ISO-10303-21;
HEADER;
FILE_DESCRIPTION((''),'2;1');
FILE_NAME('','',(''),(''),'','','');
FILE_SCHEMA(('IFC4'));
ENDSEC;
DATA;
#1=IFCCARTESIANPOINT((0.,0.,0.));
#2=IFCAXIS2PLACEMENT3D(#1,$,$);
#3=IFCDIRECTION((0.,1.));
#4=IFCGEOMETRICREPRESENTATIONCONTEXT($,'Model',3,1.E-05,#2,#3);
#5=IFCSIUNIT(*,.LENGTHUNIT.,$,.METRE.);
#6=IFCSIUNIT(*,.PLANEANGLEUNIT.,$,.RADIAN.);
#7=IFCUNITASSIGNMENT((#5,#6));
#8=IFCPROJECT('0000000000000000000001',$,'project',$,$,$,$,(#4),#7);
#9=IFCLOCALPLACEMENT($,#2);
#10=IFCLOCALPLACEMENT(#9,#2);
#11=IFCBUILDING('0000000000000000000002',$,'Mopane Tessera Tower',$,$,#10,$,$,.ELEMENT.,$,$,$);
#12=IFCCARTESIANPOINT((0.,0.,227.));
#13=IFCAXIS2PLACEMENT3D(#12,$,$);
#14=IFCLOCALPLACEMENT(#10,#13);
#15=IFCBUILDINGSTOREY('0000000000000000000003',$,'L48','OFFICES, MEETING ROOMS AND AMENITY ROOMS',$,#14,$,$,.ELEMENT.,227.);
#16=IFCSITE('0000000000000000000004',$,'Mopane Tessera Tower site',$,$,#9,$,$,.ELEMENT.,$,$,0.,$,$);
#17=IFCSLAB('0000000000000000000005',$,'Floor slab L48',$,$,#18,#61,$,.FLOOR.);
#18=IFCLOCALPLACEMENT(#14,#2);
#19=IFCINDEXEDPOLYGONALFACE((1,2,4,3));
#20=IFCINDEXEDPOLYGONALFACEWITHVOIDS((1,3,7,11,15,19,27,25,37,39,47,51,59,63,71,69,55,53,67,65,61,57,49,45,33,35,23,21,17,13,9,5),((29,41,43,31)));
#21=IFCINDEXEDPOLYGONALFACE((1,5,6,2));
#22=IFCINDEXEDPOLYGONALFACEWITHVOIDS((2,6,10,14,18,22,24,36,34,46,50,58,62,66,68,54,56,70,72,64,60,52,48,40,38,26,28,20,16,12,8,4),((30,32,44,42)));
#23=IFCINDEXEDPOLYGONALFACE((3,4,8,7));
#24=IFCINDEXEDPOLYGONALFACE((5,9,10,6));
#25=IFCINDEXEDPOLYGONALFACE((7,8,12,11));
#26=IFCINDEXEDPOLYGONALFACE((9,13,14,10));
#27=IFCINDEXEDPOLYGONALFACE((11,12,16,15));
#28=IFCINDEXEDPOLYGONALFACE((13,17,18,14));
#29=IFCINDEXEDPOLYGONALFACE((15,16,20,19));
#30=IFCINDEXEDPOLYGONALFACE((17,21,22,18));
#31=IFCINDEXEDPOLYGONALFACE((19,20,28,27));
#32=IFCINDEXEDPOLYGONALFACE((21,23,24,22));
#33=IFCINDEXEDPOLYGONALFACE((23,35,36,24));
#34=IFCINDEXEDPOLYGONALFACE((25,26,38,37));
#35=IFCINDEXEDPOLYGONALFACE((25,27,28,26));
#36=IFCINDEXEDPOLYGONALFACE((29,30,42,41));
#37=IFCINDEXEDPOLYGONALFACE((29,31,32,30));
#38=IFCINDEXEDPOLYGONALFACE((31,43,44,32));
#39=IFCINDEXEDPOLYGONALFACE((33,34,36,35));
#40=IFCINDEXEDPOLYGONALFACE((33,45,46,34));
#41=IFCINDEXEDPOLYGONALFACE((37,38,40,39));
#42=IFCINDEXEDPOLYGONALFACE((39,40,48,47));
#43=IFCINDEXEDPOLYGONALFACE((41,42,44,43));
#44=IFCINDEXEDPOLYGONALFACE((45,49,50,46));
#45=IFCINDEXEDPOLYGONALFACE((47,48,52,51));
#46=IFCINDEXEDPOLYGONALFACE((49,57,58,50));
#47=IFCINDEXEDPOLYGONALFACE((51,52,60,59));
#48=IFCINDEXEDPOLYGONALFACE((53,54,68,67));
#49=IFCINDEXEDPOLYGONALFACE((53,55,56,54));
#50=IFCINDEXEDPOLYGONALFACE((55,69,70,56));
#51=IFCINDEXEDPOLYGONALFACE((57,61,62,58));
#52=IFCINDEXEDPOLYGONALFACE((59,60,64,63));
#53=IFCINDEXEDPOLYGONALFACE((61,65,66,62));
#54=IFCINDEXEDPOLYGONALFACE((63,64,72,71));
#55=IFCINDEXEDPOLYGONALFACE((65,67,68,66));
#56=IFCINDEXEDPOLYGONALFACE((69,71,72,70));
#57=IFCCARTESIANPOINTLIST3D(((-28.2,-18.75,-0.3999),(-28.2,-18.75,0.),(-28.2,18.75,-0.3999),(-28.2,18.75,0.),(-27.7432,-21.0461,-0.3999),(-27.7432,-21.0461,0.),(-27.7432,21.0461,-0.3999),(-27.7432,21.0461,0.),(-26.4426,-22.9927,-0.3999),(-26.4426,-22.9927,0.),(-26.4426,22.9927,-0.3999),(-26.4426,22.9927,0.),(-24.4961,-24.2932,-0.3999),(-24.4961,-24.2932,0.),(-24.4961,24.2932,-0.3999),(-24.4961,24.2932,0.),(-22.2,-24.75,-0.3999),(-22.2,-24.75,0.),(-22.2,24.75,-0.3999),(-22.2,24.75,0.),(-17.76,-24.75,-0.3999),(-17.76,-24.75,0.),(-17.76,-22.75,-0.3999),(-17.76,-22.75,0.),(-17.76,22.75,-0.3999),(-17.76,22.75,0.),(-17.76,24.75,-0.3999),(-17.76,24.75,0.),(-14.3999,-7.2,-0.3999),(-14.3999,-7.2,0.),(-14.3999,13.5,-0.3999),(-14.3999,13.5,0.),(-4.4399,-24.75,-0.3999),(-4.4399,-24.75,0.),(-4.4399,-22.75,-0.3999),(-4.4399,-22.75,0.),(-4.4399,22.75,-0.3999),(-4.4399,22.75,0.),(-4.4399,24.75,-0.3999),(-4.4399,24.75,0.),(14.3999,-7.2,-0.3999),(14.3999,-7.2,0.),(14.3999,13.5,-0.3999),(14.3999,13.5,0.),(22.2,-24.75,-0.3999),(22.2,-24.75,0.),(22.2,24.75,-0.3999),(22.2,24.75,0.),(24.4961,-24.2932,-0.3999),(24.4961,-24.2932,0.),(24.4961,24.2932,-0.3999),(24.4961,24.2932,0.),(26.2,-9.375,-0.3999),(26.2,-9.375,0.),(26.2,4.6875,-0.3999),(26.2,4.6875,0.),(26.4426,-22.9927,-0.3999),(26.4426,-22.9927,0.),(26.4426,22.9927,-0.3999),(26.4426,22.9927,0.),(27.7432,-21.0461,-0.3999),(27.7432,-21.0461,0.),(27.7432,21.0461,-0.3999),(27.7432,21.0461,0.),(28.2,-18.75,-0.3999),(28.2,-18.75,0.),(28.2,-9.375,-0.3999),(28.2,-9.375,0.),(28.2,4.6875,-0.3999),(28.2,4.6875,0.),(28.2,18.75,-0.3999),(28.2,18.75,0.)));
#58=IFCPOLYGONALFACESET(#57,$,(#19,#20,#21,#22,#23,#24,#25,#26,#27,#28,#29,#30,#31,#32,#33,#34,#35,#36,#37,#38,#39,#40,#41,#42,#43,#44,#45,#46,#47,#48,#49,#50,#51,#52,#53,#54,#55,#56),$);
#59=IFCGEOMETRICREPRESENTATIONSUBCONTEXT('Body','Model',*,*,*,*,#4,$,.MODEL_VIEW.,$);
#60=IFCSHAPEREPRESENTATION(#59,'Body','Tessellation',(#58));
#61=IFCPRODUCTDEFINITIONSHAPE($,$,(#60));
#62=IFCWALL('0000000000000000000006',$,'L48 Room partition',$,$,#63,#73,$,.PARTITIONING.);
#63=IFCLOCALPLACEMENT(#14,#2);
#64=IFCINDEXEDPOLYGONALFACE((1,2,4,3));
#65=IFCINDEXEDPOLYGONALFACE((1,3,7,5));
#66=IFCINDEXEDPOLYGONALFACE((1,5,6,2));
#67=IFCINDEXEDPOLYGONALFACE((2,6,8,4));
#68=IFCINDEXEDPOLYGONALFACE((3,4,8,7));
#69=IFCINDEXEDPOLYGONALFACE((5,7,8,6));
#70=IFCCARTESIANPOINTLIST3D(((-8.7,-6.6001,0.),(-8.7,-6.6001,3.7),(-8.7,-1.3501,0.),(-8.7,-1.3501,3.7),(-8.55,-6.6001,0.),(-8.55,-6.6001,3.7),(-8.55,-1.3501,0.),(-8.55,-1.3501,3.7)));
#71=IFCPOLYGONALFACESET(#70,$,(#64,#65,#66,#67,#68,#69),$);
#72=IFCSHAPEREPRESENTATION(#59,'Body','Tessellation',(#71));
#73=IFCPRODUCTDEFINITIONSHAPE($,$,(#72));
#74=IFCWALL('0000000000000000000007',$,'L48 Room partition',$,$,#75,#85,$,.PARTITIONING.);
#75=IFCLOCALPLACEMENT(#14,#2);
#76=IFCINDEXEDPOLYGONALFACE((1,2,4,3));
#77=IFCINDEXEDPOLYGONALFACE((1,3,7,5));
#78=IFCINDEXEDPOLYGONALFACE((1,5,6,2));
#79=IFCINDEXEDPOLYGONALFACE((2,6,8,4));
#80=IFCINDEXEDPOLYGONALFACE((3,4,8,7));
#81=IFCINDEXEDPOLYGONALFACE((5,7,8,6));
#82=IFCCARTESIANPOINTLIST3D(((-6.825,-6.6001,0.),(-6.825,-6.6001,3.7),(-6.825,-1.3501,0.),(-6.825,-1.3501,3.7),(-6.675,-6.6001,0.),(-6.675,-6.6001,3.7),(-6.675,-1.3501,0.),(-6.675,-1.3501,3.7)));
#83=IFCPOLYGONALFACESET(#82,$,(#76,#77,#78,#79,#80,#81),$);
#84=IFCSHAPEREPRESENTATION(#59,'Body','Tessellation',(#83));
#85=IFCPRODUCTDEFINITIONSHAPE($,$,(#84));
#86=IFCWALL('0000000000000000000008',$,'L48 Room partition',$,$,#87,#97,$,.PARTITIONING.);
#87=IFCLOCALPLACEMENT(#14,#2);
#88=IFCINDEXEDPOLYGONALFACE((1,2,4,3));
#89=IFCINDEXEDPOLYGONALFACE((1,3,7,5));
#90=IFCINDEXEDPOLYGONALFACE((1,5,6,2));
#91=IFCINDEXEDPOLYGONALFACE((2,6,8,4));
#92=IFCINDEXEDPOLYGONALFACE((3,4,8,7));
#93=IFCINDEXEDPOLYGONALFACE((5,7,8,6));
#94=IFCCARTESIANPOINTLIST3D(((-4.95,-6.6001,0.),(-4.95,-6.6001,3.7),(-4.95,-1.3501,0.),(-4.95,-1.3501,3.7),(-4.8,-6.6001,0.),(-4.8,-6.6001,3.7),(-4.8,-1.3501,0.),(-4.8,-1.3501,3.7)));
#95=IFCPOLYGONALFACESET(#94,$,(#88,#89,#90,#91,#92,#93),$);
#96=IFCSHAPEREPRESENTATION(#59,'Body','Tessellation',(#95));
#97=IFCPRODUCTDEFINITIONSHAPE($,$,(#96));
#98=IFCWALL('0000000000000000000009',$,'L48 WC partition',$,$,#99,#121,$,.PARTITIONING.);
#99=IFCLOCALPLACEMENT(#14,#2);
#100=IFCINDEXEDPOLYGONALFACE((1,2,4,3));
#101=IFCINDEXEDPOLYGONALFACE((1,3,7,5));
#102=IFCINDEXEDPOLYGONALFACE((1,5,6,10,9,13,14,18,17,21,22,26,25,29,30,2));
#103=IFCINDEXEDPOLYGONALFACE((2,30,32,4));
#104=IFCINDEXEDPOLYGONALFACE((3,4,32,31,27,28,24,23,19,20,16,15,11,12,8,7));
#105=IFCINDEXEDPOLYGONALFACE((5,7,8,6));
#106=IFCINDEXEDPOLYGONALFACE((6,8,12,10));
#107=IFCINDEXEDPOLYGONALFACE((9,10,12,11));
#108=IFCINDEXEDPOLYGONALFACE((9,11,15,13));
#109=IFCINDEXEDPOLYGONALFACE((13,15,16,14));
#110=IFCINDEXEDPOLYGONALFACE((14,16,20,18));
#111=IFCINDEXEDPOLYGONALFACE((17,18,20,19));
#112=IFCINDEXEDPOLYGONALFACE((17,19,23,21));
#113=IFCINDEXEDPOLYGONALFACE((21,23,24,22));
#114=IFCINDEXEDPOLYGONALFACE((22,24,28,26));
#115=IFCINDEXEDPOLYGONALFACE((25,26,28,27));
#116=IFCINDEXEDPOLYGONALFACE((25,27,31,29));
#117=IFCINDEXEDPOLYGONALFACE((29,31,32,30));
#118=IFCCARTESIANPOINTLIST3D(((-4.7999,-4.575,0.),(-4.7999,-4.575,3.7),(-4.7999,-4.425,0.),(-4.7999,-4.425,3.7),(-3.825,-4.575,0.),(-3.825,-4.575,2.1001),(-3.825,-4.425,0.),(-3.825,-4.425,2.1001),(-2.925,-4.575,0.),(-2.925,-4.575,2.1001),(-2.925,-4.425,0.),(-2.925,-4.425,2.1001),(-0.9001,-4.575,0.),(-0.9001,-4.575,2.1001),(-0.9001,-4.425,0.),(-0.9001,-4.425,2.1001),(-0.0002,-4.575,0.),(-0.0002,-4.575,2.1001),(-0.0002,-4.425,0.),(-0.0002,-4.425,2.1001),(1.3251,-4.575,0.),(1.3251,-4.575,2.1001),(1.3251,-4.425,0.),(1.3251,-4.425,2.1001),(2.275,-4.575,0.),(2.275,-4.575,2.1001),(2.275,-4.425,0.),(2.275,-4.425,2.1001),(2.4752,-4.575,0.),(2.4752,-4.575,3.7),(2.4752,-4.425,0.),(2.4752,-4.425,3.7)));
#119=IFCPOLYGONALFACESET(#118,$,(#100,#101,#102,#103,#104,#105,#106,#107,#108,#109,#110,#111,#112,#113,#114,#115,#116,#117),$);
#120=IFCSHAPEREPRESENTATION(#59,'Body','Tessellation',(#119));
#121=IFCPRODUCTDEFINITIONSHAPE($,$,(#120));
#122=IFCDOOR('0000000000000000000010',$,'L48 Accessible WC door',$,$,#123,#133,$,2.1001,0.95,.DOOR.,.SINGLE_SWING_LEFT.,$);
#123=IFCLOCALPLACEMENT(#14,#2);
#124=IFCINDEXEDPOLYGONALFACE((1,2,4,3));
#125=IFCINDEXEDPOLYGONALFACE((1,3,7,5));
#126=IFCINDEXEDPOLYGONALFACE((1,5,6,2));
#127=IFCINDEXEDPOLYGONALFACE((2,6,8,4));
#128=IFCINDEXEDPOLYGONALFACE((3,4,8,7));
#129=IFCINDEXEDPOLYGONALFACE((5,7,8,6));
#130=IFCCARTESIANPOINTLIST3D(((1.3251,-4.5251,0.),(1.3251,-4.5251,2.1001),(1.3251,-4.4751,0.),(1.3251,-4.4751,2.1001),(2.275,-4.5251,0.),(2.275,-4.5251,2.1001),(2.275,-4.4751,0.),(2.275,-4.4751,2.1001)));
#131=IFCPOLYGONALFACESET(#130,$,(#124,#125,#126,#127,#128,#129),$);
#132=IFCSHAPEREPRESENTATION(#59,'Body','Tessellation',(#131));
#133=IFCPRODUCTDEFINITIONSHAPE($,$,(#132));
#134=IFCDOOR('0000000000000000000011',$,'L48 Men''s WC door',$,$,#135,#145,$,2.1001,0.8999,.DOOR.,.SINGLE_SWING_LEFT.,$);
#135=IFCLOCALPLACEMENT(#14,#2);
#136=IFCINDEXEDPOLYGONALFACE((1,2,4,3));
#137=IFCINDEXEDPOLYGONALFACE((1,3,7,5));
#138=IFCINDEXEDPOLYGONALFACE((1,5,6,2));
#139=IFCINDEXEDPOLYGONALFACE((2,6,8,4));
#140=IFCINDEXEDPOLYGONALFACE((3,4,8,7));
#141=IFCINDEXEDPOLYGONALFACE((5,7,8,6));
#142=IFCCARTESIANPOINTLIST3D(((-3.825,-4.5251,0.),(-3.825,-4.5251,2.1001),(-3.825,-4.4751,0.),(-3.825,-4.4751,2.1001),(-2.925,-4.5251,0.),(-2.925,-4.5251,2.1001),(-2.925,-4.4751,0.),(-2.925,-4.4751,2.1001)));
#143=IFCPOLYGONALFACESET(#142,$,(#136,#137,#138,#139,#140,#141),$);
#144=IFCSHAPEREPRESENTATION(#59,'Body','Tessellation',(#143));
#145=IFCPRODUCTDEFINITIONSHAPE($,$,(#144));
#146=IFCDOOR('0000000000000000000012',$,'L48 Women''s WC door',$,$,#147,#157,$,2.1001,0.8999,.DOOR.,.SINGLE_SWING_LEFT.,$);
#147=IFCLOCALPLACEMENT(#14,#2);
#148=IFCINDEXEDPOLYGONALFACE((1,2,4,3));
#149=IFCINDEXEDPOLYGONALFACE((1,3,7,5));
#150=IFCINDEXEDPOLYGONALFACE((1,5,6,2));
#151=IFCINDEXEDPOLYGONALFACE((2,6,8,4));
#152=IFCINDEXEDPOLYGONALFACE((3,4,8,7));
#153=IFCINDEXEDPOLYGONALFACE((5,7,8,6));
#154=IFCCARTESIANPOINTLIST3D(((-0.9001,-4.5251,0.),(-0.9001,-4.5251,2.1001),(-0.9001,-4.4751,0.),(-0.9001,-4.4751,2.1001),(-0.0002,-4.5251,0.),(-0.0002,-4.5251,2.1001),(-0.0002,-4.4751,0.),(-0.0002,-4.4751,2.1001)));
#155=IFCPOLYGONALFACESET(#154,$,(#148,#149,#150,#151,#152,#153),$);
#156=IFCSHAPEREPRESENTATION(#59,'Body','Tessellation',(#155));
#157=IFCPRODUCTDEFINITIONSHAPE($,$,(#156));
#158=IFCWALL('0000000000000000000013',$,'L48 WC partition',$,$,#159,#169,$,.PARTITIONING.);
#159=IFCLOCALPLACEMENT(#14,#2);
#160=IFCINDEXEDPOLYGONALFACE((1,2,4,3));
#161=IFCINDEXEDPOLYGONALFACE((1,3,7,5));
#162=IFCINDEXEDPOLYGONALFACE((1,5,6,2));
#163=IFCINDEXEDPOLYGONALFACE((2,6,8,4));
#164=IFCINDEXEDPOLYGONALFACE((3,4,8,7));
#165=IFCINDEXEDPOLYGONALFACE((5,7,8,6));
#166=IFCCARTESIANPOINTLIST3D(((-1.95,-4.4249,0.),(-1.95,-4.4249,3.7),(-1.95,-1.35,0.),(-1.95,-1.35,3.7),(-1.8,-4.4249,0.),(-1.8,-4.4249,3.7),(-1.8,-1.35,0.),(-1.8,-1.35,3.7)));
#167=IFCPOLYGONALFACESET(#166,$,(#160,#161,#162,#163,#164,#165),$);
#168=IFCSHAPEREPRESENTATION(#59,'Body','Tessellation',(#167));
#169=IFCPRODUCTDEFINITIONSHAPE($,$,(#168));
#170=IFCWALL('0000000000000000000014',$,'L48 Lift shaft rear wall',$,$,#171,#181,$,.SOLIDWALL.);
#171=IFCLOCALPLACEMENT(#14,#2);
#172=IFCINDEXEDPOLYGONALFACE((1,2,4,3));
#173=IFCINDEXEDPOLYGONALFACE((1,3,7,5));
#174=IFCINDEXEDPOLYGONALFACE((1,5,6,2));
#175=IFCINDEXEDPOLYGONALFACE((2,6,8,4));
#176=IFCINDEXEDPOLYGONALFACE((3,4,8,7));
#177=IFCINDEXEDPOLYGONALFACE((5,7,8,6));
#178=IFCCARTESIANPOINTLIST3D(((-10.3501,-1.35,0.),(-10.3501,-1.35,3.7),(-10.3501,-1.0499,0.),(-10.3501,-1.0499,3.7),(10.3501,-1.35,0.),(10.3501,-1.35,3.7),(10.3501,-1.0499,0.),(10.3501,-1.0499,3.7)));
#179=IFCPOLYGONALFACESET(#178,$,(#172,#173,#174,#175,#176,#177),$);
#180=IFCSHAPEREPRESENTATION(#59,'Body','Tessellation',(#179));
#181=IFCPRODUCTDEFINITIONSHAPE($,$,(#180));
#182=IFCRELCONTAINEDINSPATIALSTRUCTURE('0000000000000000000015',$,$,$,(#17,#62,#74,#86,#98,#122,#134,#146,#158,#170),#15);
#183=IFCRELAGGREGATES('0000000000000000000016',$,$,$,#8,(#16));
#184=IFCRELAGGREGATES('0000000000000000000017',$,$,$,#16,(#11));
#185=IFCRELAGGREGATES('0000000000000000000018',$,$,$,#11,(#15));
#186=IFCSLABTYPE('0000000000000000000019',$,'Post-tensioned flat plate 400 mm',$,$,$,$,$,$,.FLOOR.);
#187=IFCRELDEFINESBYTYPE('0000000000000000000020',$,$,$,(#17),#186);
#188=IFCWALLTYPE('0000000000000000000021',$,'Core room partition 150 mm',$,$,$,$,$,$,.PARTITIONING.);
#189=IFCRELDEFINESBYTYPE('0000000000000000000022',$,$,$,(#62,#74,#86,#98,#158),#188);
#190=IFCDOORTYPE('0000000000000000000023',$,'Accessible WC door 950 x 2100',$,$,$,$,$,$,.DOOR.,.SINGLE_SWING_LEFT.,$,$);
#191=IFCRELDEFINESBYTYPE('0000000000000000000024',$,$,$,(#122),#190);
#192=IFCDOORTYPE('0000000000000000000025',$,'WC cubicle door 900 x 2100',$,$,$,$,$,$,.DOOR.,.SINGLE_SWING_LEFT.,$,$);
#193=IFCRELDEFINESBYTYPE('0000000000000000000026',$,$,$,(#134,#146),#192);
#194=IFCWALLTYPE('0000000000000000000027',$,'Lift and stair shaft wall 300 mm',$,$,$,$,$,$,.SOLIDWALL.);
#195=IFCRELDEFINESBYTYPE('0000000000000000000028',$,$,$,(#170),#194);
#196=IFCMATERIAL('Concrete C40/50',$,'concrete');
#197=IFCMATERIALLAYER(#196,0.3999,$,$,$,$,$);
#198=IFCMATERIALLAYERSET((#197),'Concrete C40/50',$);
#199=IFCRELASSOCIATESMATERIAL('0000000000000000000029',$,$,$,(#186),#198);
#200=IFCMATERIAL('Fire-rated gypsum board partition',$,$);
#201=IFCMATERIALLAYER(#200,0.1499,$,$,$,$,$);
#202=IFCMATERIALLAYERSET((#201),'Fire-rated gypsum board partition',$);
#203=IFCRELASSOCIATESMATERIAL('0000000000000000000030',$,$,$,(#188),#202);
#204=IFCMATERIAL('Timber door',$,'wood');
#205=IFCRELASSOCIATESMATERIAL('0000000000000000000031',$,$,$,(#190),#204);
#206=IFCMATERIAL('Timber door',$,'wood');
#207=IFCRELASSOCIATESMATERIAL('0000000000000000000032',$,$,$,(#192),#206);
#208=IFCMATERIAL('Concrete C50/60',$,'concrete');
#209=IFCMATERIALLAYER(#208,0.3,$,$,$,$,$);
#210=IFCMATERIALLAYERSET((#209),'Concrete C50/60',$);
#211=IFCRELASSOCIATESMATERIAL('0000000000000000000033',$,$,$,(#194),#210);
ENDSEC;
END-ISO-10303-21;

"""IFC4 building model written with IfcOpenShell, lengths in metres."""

from ifc_helpers import new_model, si_unit, direction, frame, frame_2d, origin, place, context, subcontext, project, spatial, polyline, rectangle, outline, extrude, material, layer, layer_set, type_object, element, fill, save


model = new_model("IFC4")

# Units and contexts
model_context = context("Model", 3, precision=1e-05, world=origin(), true_north=direction((0.0, 1.0)))
body_context = subcontext(model_context, "Body", "Model", "MODEL_VIEW")
ifc_project = project(units=[si_unit("LENGTHUNIT", "METRE"), si_unit("PLANEANGLEUNIT", "RADIAN")], contexts=[model_context])

# Site, building, storey
site_placement = place(None, origin())
site = spatial("IfcSite", under=ifc_project, at=site_placement, Name="Mopane Tessera Tower site", CompositionType="ELEMENT", RefElevation=0.0)
building_placement = place(site_placement, origin())
building = spatial("IfcBuilding", under=site, at=building_placement, Name="Mopane Tessera Tower", CompositionType="ELEMENT")
storey_placement = place(building_placement, frame((0.0, 0.0, 227.0)))
storey = spatial("IfcBuildingStorey", under=building, at=storey_placement, Name="L48", Description="OFFICES, MEETING ROOMS AND AMENITY ROOMS", CompositionType="ELEMENT", Elevation=227.0)

# Slab
ifc_material_1 = material(Name="Concrete C40/50", Category="concrete")
ifc_layer_1 = layer(ifc_material_1, 0.3999)
ifc_layer_set_1 = layer_set([ifc_layer_1], Name="Concrete C40/50")
slab_type = type_object("IfcSlabType", Name="Post-tensioned flat plate 400 mm", PredefinedType="FLOOR", material=ifc_layer_set_1)
slab_placement = place(storey_placement, frame((0.0, 0.0, -0.3999)))
element("IfcSlab", 1, at=slab_placement, inside=storey, type_object=slab_type, Name="Floor slab L48", PredefinedType="FLOOR", context=body_context, shape_type="SweptSolid", body=[
    extrude(outline(polyline([(-22.2, -24.75), (-17.76, -24.75), (-17.76, -22.75), (-4.4399, -22.75), (-4.4399, -24.75), (22.2, -24.75), (24.4961, -24.2932), (26.4426, -22.9927), (27.7432, -21.0461), (28.2, -18.75), (28.2, -9.375), (26.2, -9.375), (26.2, 4.6875), (28.2, 4.6875), (28.2, 18.75), (27.7432, 21.0461), (26.4426, 22.9927), (24.4961, 24.2932), (22.2, 24.75), (-4.4399, 24.75), (-4.4399, 22.75), (-17.76, 22.75), (-17.76, 24.75), (-22.2, 24.75), (-24.4961, 24.2932), (-26.4426, 22.9927), (-27.7432, 21.0461), (-28.2, 18.75), (-28.2, -18.75), (-27.7432, -21.0461), (-26.4426, -22.9927), (-24.4961, -24.2932), (-22.2, -24.75)]), holes=[polyline([(14.3999, -7.2), (-14.3999, -7.2), (-14.3999, 13.5), (14.3999, 13.5), (14.3999, -7.2)])]), origin(), (0.0, 0.0, 1.0), 0.3999),
])

# Walls
ifc_material_2 = material(Name="Fire-rated gypsum board partition")
ifc_layer_2 = layer(ifc_material_2, 0.1499)
ifc_layer_set_2 = layer_set([ifc_layer_2], Name="Fire-rated gypsum board partition")
wall_type_1 = type_object("IfcWallType", Name="Core room partition 150 mm", PredefinedType="PARTITIONING", material=ifc_layer_set_2)
for number, where, z_axis, x_axis, name in (
    (2, (-8.625, -6.6001, 0.0), (0.0, 0.0, 1.0), (0.0, 1.0, 0.0), "L48 Room partition"),
    (3, (-6.75, -6.6001, 0.0), (0.0, 0.0, 1.0), (0.0, 1.0, 0.0), "L48 Room partition"),
    (4, (-4.875, -6.6001, 0.0), (0.0, 0.0, 1.0), (0.0, 1.0, 0.0), "L48 Room partition"),
):
    element("IfcWall", number, at=place(storey_placement, frame(where, z_axis=z_axis, x_axis=x_axis)), inside=storey, type_object=wall_type_1, Name=name, PredefinedType="PARTITIONING", context=body_context, shape_type="SweptSolid", body=[
        extrude(rectangle(XDim=5.25, YDim=0.1499, at=frame_2d((2.625, 0.0))), origin(), (0.0, 0.0, 1.0), 3.7),
    ])

# Wall, openings, doors
wall_1_placement = place(storey_placement, frame((-4.8, -4.5, 0.0), z_axis=(0.0, 0.0, 1.0), x_axis=(1.0, 0.0, 0.0)))
wall_1 = element("IfcWall", 5, at=wall_1_placement, inside=storey, type_object=wall_type_1, Name="L48 WC partition", PredefinedType="PARTITIONING", context=body_context, shape_type="SweptSolid", body=[
    extrude(rectangle(XDim=7.2751, YDim=0.1499, at=frame_2d((3.6377, 0.0))), origin(), (0.0, 0.0, 1.0), 3.7),
])
opening_1_placement = place(wall_1_placement, frame((0.9751, 0.0, 0.0)))
opening_1 = element("IfcOpeningElement", 6, at=opening_1_placement, cuts=wall_1, PredefinedType="OPENING", context=body_context, shape_type="SweptSolid", body=[
    extrude(rectangle(XDim=0.8999, YDim=2.1001, at=frame_2d((0.45, 1.05))), frame((0.0, 0.0869, 0.0), z_axis=(0.0, -1.0, 0.0), x_axis=(1.0, 0.0, 0.0)), (0.0, 0.0, 1.0), 0.1738),
])
opening_2_placement = place(wall_1_placement, frame((3.8999, 0.0, 0.0)))
opening_2 = element("IfcOpeningElement", 7, at=opening_2_placement, cuts=wall_1, PredefinedType="OPENING", context=body_context, shape_type="SweptSolid", body=[
    extrude(rectangle(XDim=0.8999, YDim=2.1001, at=frame_2d((0.45, 1.05))), frame((0.0, 0.0869, 0.0), z_axis=(0.0, -1.0, 0.0), x_axis=(1.0, 0.0, 0.0)), (0.0, 0.0, 1.0), 0.1738),
])
opening_3_placement = place(wall_1_placement, frame((6.125, 0.0, 0.0)))
opening_3 = element("IfcOpeningElement", 8, at=opening_3_placement, cuts=wall_1, PredefinedType="OPENING", context=body_context, shape_type="SweptSolid", body=[
    extrude(rectangle(XDim=0.95, YDim=2.1001, at=frame_2d((0.4751, 1.05))), frame((0.0, 0.0869, 0.0), z_axis=(0.0, -1.0, 0.0), x_axis=(1.0, 0.0, 0.0)), (0.0, 0.0, 1.0), 0.1738),
])
ifc_material_3 = material(Name="Timber door", Category="wood")
door_type_1 = type_object("IfcDoorType", Name="Accessible WC door 950 x 2100", OperationType="SINGLE_SWING_LEFT", PredefinedType="DOOR", material=ifc_material_3)
door_1_placement = place(opening_3_placement, origin())
door_1 = element("IfcDoor", 9, at=door_1_placement, inside=storey, type_object=door_type_1, Name="L48 Accessible WC door", OperationType="SINGLE_SWING_LEFT", OverallHeight=2.1001, OverallWidth=0.95, PredefinedType="DOOR", context=body_context, shape_type="SweptSolid", body=[
    extrude(rectangle(XDim=0.95, YDim=2.1001, at=frame_2d((0.4751, 1.05))), frame((0.0, 0.0249, 0.0), z_axis=(0.0, -1.0, 0.0), x_axis=(1.0, 0.0, 0.0)), (0.0, 0.0, 1.0), 0.05),
])
fill(opening_3, door_1)
ifc_material_4 = material(Name="Timber door", Category="wood")
door_type_2 = type_object("IfcDoorType", Name="WC cubicle door 900 x 2100", OperationType="SINGLE_SWING_LEFT", PredefinedType="DOOR", material=ifc_material_4)
door_2_placement = place(opening_1_placement, origin())
door_2 = element("IfcDoor", 10, at=door_2_placement, inside=storey, type_object=door_type_2, Name="L48 Men's WC door", OperationType="SINGLE_SWING_LEFT", OverallHeight=2.1001, OverallWidth=0.8999, PredefinedType="DOOR", context=body_context, shape_type="SweptSolid", body=[
    extrude(rectangle(XDim=0.8999, YDim=2.1001, at=frame_2d((0.45, 1.05))), frame((0.0, 0.0249, 0.0), z_axis=(0.0, -1.0, 0.0), x_axis=(1.0, 0.0, 0.0)), (0.0, 0.0, 1.0), 0.05),
])
fill(opening_1, door_2)
door_3_placement = place(opening_2_placement, origin())
door_3 = element("IfcDoor", 11, at=door_3_placement, inside=storey, type_object=door_type_2, Name="L48 Women's WC door", OperationType="SINGLE_SWING_LEFT", OverallHeight=2.1001, OverallWidth=0.8999, PredefinedType="DOOR", context=body_context, shape_type="SweptSolid", body=[
    extrude(rectangle(XDim=0.8999, YDim=2.1001, at=frame_2d((0.45, 1.05))), frame((0.0, 0.0249, 0.0), z_axis=(0.0, -1.0, 0.0), x_axis=(1.0, 0.0, 0.0)), (0.0, 0.0, 1.0), 0.05),
])
fill(opening_2, door_3)

# Walls
wall_2_placement = place(storey_placement, frame((-1.875, -4.425, 0.0), z_axis=(0.0, 0.0, 1.0), x_axis=(0.0, 1.0, 0.0)))
element("IfcWall", 12, at=wall_2_placement, inside=storey, type_object=wall_type_1, Name="L48 WC partition", PredefinedType="PARTITIONING", context=body_context, shape_type="SweptSolid", body=[
    extrude(rectangle(XDim=3.075, YDim=0.1499, at=frame_2d((1.5376, 0.0))), origin(), (0.0, 0.0, 1.0), 3.7),
])
ifc_material_5 = material(Name="Concrete C50/60", Category="concrete")
ifc_layer_3 = layer(ifc_material_5, 0.3)
ifc_layer_set_3 = layer_set([ifc_layer_3], Name="Concrete C50/60")
wall_type_2 = type_object("IfcWallType", Name="Lift and stair shaft wall 300 mm", PredefinedType="SOLIDWALL", material=ifc_layer_set_3)
wall_3_placement = place(storey_placement, frame((-10.3501, -1.2, 0.0), z_axis=(0.0, 0.0, 1.0), x_axis=(1.0, 0.0, 0.0)))
element("IfcWall", 13, at=wall_3_placement, inside=storey, type_object=wall_type_2, Name="L48 Lift shaft rear wall", PredefinedType="SOLIDWALL", context=body_context, shape_type="SweptSolid", body=[
    extrude(rectangle(XDim=20.7002, YDim=0.3, at=frame_2d((10.3501, 0.0))), origin(), (0.0, 0.0, 1.0), 3.7),
])

save(model, "model.ifc")
